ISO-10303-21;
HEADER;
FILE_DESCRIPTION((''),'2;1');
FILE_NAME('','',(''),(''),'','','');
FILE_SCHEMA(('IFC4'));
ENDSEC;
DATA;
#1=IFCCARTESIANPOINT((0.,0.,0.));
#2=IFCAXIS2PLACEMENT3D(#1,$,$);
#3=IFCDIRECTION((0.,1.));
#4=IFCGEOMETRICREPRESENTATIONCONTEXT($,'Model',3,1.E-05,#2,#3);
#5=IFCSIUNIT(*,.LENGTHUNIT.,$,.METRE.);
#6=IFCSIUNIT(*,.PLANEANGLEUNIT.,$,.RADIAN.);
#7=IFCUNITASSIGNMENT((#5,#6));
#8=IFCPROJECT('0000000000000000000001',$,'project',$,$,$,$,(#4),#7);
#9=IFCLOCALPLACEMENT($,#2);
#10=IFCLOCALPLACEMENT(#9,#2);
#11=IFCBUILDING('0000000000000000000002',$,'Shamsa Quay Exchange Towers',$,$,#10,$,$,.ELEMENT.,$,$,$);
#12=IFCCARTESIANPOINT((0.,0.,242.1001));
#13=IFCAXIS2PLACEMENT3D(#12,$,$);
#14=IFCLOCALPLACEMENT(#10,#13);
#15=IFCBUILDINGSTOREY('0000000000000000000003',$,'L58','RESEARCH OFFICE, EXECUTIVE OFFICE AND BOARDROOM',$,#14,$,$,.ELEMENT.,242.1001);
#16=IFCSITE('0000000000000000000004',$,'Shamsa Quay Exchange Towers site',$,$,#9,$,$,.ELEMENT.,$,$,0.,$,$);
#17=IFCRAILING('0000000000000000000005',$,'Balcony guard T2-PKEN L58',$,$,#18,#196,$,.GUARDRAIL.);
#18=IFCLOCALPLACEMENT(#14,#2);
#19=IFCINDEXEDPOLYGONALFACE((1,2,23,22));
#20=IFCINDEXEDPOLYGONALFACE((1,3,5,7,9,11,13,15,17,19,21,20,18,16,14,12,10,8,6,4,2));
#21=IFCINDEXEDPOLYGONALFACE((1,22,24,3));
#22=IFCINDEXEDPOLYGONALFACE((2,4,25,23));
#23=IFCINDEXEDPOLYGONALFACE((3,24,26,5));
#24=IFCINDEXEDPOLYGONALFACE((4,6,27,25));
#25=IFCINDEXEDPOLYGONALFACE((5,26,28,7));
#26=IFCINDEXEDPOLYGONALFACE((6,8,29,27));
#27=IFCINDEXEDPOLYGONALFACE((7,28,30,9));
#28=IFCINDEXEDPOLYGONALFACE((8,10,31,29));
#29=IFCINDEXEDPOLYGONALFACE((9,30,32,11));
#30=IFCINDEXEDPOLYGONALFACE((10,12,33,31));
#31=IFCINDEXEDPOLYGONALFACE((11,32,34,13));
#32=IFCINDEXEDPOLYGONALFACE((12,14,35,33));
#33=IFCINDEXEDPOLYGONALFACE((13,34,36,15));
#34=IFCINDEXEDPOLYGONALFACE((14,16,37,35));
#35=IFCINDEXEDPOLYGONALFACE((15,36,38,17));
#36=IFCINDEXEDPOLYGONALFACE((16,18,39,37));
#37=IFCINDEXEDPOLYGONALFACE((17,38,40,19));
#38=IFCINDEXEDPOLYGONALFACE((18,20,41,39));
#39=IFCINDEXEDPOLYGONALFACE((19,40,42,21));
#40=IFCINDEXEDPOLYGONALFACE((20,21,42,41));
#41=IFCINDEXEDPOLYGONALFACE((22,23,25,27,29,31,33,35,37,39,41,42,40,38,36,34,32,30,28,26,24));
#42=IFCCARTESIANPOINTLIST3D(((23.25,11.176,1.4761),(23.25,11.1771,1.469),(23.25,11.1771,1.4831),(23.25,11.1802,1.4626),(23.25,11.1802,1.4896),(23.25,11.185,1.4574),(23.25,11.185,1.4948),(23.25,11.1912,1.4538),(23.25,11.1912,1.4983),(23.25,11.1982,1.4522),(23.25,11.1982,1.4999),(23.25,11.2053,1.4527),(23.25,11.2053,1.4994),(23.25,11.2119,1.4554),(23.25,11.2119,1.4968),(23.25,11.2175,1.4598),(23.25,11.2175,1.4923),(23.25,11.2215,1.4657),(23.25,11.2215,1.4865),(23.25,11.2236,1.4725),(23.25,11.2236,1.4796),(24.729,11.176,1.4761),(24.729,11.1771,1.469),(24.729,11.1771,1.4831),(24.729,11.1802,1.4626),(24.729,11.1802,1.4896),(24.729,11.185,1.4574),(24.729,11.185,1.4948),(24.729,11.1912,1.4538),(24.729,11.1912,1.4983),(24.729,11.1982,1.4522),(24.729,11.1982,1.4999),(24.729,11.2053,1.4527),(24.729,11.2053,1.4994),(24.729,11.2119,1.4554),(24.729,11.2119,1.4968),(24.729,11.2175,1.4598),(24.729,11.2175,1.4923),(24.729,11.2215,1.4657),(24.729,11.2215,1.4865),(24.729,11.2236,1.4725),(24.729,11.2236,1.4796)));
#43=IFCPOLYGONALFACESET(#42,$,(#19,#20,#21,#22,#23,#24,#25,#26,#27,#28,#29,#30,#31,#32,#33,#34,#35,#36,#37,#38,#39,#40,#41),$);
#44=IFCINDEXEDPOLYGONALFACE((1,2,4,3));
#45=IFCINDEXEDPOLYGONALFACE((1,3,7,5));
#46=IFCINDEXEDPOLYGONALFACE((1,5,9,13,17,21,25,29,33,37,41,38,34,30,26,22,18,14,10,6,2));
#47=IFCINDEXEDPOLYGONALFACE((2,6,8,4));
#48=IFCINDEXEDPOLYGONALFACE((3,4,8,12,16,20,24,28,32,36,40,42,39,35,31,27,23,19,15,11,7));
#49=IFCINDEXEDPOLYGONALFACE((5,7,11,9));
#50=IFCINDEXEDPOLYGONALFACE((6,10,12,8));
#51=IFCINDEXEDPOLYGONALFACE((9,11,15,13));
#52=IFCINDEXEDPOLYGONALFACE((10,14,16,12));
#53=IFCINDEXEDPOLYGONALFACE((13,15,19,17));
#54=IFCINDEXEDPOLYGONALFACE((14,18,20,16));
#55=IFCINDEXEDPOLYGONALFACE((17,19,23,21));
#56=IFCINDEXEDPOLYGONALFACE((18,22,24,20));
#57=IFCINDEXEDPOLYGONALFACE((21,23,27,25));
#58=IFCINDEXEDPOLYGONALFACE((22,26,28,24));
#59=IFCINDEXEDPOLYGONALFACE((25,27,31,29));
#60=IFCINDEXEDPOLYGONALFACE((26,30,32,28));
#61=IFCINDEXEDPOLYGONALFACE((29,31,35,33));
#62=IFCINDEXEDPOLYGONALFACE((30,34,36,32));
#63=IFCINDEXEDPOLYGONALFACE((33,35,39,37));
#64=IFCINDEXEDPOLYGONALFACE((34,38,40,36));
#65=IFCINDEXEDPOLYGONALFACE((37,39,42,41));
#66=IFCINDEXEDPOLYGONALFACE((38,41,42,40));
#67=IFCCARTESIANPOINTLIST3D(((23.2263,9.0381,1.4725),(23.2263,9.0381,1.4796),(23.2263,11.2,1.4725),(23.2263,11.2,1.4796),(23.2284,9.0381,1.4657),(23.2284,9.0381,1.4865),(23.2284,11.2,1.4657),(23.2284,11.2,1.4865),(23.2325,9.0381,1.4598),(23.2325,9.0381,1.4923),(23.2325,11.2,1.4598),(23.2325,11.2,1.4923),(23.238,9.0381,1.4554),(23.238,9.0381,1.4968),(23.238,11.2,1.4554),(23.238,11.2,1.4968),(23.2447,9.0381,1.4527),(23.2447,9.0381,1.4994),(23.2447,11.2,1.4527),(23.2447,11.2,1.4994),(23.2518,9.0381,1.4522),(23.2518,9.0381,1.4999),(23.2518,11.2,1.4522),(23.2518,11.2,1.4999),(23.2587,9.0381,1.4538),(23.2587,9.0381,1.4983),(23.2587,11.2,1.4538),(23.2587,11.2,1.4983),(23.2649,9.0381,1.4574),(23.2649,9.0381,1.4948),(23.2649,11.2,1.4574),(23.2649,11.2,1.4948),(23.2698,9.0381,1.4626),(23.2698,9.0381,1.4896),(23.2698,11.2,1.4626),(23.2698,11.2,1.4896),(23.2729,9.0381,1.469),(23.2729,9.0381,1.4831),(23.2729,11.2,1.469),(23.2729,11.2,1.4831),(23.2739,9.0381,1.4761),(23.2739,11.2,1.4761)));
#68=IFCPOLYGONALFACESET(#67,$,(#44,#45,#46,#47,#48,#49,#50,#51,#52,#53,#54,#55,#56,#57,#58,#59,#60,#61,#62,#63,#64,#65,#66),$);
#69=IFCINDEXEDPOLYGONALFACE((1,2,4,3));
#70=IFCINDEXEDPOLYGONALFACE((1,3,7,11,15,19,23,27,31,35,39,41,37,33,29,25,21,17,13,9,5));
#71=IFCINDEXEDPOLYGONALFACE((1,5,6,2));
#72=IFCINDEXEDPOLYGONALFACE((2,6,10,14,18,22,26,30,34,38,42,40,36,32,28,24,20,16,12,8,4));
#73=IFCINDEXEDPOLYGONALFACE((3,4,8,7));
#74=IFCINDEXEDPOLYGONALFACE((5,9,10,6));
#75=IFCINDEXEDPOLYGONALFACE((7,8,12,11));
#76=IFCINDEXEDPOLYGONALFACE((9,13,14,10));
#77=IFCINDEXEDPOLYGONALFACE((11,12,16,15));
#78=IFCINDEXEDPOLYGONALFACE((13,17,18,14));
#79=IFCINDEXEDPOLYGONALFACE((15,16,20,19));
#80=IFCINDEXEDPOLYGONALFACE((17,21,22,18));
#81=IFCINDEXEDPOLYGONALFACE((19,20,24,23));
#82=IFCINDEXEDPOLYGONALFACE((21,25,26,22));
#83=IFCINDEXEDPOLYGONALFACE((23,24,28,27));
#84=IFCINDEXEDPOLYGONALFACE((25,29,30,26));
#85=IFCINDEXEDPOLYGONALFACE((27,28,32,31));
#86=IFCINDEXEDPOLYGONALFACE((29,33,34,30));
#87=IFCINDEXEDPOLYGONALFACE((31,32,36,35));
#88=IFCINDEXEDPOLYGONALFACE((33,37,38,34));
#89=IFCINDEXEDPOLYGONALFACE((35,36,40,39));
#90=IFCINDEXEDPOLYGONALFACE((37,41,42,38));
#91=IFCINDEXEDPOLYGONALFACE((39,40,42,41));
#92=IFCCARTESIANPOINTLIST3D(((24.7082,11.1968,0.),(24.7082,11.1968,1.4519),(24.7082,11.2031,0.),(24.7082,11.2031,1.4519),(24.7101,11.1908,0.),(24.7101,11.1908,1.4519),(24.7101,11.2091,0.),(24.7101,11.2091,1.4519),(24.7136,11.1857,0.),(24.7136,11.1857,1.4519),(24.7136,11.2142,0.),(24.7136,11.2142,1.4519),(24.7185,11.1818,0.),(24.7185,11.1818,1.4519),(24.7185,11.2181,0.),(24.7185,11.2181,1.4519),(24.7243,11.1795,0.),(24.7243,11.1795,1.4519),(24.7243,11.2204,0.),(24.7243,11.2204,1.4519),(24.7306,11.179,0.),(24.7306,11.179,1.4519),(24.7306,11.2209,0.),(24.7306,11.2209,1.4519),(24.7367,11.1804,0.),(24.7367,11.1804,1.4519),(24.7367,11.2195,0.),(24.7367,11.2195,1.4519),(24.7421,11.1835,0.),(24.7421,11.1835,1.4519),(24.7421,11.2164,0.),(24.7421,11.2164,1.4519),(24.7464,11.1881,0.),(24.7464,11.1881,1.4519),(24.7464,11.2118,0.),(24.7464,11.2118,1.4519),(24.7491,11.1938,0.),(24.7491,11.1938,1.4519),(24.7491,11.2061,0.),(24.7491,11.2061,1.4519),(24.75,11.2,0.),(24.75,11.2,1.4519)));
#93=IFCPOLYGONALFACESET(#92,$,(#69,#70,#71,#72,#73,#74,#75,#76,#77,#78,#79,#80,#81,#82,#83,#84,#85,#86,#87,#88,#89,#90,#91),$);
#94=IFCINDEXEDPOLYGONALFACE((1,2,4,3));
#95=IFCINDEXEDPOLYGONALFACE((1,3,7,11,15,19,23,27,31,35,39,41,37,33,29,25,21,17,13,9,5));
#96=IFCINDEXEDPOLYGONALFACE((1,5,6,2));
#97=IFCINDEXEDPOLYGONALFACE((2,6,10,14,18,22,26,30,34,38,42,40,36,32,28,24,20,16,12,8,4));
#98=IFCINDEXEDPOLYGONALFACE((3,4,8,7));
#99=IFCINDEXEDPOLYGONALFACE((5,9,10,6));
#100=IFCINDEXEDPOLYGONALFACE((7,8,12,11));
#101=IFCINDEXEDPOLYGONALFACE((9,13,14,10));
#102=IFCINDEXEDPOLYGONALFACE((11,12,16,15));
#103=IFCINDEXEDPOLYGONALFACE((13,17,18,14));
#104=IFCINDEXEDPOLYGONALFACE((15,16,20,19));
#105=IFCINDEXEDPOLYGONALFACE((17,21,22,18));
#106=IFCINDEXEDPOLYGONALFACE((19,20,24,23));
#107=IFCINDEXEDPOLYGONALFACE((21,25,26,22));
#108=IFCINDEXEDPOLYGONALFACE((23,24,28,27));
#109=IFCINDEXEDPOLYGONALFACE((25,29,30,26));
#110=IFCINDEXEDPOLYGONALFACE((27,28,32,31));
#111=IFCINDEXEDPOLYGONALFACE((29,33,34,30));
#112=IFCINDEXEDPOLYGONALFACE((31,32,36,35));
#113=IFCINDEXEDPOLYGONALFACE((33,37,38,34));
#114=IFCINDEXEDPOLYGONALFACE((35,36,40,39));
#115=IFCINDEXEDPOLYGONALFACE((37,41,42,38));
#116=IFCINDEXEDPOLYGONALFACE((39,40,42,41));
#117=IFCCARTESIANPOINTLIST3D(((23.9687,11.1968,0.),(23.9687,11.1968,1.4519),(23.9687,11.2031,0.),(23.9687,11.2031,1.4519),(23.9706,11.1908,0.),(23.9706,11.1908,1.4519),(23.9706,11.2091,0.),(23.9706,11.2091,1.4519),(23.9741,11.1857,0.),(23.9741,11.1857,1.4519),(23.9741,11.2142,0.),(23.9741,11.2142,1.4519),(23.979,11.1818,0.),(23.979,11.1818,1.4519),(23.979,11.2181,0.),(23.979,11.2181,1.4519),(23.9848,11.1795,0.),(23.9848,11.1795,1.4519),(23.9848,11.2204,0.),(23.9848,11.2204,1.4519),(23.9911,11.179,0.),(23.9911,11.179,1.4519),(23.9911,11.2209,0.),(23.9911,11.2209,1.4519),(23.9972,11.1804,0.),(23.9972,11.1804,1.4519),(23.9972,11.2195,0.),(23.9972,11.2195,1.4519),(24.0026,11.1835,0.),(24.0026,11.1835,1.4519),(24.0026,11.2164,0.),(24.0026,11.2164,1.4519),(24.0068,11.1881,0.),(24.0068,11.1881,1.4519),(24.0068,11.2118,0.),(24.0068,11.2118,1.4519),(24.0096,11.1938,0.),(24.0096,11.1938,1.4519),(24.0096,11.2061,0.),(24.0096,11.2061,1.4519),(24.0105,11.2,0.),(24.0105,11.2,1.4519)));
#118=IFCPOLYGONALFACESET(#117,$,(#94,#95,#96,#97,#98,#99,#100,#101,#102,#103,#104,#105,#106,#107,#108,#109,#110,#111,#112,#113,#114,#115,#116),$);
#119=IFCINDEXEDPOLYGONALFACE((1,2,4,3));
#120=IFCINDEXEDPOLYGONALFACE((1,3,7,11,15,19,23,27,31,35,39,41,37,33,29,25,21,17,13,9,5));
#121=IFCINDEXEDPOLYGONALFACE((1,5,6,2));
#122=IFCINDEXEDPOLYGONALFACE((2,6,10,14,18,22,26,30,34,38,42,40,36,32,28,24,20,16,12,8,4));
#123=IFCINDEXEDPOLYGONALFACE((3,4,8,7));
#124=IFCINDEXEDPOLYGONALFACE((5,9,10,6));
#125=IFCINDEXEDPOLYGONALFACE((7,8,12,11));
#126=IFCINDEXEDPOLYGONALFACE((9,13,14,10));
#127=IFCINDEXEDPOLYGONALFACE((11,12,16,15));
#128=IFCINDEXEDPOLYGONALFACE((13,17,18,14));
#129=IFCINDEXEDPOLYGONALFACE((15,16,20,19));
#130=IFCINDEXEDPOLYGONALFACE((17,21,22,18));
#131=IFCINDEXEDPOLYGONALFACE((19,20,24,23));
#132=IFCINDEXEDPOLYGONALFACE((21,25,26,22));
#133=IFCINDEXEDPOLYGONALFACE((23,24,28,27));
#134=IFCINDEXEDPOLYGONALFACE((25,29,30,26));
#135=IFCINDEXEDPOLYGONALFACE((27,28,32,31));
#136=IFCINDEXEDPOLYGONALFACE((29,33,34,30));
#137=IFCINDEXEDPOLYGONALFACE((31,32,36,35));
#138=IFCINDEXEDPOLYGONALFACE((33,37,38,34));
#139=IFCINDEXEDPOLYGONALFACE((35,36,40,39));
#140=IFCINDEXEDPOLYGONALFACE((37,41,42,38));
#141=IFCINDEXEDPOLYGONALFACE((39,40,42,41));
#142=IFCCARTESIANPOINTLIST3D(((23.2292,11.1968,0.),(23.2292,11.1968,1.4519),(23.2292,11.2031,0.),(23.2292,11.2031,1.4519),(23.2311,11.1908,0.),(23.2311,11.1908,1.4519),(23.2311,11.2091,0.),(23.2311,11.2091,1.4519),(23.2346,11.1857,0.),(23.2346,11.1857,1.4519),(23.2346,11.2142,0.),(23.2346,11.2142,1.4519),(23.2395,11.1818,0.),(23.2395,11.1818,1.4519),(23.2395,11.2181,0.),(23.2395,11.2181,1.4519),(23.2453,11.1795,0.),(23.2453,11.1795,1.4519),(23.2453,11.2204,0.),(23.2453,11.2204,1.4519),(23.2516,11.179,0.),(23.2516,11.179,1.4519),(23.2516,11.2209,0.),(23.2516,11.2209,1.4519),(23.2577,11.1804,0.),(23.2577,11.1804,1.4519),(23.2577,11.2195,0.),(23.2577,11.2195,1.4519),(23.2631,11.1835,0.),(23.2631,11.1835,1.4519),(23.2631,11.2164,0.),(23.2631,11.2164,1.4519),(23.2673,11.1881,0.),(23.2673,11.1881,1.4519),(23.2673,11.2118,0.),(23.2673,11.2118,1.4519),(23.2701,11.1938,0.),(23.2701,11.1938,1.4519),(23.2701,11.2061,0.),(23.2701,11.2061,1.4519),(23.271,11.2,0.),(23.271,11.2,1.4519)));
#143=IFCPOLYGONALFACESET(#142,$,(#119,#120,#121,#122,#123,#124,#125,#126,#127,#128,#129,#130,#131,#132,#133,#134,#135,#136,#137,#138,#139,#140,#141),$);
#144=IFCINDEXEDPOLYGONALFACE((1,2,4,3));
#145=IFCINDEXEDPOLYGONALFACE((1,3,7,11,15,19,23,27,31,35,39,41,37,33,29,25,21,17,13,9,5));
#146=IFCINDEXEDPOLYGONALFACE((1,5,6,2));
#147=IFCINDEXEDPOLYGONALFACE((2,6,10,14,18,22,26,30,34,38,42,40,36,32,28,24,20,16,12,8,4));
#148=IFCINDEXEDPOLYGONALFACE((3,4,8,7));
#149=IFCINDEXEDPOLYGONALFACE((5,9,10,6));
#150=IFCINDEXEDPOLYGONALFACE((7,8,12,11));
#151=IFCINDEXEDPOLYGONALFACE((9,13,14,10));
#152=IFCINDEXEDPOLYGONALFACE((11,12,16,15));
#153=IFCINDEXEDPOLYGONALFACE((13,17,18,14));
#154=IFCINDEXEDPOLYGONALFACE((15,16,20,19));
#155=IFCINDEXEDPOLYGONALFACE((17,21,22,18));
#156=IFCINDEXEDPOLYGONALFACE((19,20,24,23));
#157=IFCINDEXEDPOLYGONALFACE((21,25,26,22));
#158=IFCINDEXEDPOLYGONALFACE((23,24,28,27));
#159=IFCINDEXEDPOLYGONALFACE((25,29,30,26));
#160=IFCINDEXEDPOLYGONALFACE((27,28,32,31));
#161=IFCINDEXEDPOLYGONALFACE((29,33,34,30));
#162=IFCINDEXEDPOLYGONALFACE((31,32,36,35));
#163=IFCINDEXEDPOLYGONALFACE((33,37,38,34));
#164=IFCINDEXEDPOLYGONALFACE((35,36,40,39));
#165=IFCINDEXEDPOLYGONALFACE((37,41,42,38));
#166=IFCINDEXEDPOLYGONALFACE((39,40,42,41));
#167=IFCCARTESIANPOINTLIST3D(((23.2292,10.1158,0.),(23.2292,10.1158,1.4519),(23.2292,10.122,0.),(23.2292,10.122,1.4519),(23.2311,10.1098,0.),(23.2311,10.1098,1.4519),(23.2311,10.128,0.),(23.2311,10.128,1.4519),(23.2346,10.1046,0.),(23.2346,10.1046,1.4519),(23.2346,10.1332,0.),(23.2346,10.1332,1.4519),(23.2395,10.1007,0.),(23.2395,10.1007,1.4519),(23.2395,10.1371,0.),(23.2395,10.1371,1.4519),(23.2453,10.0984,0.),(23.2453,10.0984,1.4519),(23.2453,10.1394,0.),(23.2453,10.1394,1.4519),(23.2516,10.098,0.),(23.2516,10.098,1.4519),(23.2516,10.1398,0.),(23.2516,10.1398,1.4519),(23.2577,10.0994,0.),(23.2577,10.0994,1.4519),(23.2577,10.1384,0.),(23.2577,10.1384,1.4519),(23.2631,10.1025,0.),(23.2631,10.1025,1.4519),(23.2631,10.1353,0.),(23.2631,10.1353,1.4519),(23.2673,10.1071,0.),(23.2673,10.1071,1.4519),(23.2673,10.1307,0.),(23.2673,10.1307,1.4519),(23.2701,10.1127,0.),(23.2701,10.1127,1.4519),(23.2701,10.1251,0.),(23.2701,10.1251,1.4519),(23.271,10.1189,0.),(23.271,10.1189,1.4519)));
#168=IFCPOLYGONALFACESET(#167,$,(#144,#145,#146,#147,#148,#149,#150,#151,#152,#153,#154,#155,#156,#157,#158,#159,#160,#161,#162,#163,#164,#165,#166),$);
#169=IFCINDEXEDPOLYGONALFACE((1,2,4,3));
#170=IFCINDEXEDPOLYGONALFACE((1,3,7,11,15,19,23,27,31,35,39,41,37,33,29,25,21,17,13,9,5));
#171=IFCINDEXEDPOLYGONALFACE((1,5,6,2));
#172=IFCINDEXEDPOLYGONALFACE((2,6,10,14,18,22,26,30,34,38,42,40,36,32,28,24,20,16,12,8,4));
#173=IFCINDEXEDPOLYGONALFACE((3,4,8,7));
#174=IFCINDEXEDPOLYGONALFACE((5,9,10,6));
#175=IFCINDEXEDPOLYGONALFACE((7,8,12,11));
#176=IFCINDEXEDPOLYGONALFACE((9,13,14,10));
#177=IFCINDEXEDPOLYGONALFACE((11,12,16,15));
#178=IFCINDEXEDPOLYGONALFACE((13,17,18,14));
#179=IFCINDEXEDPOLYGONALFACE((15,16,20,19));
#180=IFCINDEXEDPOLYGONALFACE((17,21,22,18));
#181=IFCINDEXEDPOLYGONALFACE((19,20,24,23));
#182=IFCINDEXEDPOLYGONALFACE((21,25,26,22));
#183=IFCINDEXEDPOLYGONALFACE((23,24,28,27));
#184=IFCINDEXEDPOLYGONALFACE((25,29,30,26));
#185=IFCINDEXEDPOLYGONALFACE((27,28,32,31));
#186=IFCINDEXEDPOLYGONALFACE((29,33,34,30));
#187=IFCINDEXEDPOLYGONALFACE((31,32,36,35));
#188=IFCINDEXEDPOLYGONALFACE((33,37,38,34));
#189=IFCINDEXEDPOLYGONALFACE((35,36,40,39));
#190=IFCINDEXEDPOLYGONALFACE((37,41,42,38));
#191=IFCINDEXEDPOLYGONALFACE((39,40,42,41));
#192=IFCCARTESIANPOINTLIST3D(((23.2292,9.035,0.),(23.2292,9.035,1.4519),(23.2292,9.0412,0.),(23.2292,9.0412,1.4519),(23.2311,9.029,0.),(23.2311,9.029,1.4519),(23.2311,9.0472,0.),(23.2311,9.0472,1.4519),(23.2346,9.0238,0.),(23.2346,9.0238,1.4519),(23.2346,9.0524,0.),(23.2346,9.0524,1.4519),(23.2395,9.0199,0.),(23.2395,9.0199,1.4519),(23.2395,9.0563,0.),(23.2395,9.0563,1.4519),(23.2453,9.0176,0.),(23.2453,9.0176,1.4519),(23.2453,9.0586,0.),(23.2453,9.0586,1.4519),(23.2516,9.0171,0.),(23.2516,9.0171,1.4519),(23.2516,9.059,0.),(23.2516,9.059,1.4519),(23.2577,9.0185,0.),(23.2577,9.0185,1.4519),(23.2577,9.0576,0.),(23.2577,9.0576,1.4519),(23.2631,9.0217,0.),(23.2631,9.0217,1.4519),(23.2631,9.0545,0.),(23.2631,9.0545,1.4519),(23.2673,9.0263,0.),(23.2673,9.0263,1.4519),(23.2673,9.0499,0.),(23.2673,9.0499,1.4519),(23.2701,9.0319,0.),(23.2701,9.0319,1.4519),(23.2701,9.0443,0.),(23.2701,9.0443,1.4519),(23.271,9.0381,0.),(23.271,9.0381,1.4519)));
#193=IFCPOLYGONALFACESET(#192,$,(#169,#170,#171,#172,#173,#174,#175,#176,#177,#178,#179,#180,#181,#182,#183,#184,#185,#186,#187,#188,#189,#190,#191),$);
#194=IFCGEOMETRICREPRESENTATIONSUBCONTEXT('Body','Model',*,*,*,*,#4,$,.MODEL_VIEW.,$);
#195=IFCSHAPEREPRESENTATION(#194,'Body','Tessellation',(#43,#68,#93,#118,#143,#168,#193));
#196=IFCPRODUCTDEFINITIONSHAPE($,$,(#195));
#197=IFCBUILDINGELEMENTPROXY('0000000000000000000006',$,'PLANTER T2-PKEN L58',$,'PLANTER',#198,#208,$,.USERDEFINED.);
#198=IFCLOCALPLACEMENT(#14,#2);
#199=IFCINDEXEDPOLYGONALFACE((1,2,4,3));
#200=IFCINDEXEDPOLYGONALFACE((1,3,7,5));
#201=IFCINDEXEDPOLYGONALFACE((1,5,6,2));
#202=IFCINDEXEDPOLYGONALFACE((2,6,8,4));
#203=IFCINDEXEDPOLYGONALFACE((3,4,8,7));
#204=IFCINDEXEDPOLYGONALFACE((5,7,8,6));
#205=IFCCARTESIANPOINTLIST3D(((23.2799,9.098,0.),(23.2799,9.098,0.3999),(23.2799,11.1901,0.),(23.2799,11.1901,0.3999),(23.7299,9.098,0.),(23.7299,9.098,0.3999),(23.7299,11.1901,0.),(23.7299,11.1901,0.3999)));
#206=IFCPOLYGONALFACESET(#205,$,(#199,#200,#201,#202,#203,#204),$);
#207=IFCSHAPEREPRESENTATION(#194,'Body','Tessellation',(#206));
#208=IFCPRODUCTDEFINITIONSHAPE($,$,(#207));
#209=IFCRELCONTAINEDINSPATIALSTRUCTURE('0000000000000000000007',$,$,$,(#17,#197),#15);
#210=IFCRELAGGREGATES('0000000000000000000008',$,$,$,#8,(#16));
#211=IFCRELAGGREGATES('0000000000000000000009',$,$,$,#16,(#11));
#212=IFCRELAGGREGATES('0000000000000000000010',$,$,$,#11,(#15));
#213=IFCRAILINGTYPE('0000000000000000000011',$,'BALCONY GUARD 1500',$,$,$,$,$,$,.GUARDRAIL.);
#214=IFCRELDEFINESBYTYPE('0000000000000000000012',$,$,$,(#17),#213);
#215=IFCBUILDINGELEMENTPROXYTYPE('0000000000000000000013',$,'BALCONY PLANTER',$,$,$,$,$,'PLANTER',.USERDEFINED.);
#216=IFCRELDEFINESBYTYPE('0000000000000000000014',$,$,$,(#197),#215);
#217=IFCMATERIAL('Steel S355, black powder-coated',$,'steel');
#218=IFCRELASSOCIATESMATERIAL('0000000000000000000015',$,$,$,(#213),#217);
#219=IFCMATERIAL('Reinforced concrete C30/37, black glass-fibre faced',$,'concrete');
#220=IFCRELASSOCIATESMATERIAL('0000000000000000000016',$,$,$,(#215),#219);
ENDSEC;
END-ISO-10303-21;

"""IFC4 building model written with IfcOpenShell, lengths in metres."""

from ifc_helpers import new_model, si_unit, direction, frame, origin, origin_2d, place, context, subcontext, project, spatial, rectangle, circle, extrude, material, type_object, element, save


model = new_model("IFC4")

# Units and contexts
model_context = context("Model", 3, precision=1e-05, world=origin(), true_north=direction((0.0, 1.0)))
body_context = subcontext(model_context, "Body", "Model", "MODEL_VIEW")
ifc_project = project(units=[si_unit("LENGTHUNIT", "METRE"), si_unit("PLANEANGLEUNIT", "RADIAN")], contexts=[model_context])

# Site, building, storey
site_placement = place(None, origin())
site = spatial("IfcSite", under=ifc_project, at=site_placement, Name="Shamsa Quay Exchange Towers site", CompositionType="ELEMENT", RefElevation=0.0)
building_placement = place(site_placement, origin())
building = spatial("IfcBuilding", under=site, at=building_placement, Name="Shamsa Quay Exchange Towers", CompositionType="ELEMENT")
storey_placement = place(building_placement, frame((0.0, 0.0, 242.1001)))
storey = spatial("IfcBuildingStorey", under=building, at=storey_placement, Name="L58", Description="RESEARCH OFFICE, EXECUTIVE OFFICE AND BOARDROOM", CompositionType="ELEMENT", Elevation=242.1001)

# Railing
ifc_material_1 = material(Name="Steel S355, black powder-coated", Category="steel")
railing_type = type_object("IfcRailingType", Name="BALCONY GUARD 1500", PredefinedType="GUARDRAIL", material=ifc_material_1)
railing_placement = place(storey_placement, frame((24.729, 11.2, 0.0)))
element("IfcRailing", 1, at=railing_placement, inside=storey, type_object=railing_type, Name="Balcony guard T2-PKEN L58", PredefinedType="GUARDRAIL", context=body_context, shape_type="SweptSolid", body=[
    extrude(circle(Radius=0.0239, at=origin_2d()), frame((0.0, 0.0, 1.4761), z_axis=(-1.0, 0.0, 0.0), x_axis=(0.0, -1.0, 0.0)), (0.0, 0.0, 1.0), 1.479),
    extrude(circle(Radius=0.0239, at=origin_2d()), frame((-1.479, 0.0, 1.4761), z_axis=(0.0, -1.0, 0.0), x_axis=(1.0, 0.0, 0.0)), (0.0, 0.0, 1.0), 2.1619),
    extrude(circle(Radius=0.021, at=origin_2d()), origin(), (0.0, 0.0, 1.0), 1.4519),
    extrude(circle(Radius=0.021, at=origin_2d()), frame((-0.7395, 0.0, 0.0)), (0.0, 0.0, 1.0), 1.4519),
    extrude(circle(Radius=0.021, at=origin_2d()), frame((-1.479, 0.0, 0.0)), (0.0, 0.0, 1.0), 1.4519),
    extrude(circle(Radius=0.021, at=origin_2d()), frame((-1.479, -1.0811, 0.0)), (0.0, 0.0, 1.0), 1.4519),
    extrude(circle(Radius=0.021, at=origin_2d()), frame((-1.479, -2.1619, 0.0)), (0.0, 0.0, 1.0), 1.4519),
])

# Building element proxy
ifc_material_2 = material(Name="Reinforced concrete C30/37, black glass-fibre faced", Category="concrete")
building_element_proxy_type = type_object("IfcBuildingElementProxyType", Name="BALCONY PLANTER", ElementType="PLANTER", PredefinedType="USERDEFINED", material=ifc_material_2)
proxy_placement = place(storey_placement, frame((23.5049, 10.144, 0.0), z_axis=(0.0, 0.0, 1.0), x_axis=(0.0, -1.0, 0.0)))
element("IfcBuildingElementProxy", 2, at=proxy_placement, inside=storey, type_object=building_element_proxy_type, Name="PLANTER T2-PKEN L58", ObjectType="PLANTER", PredefinedType="USERDEFINED", context=body_context, shape_type="SweptSolid", body=[
    extrude(rectangle(XDim=2.092, YDim=0.45, at=origin_2d()), origin(), (0.0, 0.0, 1.0), 0.3999),
])

save(model, "model.ifc")
